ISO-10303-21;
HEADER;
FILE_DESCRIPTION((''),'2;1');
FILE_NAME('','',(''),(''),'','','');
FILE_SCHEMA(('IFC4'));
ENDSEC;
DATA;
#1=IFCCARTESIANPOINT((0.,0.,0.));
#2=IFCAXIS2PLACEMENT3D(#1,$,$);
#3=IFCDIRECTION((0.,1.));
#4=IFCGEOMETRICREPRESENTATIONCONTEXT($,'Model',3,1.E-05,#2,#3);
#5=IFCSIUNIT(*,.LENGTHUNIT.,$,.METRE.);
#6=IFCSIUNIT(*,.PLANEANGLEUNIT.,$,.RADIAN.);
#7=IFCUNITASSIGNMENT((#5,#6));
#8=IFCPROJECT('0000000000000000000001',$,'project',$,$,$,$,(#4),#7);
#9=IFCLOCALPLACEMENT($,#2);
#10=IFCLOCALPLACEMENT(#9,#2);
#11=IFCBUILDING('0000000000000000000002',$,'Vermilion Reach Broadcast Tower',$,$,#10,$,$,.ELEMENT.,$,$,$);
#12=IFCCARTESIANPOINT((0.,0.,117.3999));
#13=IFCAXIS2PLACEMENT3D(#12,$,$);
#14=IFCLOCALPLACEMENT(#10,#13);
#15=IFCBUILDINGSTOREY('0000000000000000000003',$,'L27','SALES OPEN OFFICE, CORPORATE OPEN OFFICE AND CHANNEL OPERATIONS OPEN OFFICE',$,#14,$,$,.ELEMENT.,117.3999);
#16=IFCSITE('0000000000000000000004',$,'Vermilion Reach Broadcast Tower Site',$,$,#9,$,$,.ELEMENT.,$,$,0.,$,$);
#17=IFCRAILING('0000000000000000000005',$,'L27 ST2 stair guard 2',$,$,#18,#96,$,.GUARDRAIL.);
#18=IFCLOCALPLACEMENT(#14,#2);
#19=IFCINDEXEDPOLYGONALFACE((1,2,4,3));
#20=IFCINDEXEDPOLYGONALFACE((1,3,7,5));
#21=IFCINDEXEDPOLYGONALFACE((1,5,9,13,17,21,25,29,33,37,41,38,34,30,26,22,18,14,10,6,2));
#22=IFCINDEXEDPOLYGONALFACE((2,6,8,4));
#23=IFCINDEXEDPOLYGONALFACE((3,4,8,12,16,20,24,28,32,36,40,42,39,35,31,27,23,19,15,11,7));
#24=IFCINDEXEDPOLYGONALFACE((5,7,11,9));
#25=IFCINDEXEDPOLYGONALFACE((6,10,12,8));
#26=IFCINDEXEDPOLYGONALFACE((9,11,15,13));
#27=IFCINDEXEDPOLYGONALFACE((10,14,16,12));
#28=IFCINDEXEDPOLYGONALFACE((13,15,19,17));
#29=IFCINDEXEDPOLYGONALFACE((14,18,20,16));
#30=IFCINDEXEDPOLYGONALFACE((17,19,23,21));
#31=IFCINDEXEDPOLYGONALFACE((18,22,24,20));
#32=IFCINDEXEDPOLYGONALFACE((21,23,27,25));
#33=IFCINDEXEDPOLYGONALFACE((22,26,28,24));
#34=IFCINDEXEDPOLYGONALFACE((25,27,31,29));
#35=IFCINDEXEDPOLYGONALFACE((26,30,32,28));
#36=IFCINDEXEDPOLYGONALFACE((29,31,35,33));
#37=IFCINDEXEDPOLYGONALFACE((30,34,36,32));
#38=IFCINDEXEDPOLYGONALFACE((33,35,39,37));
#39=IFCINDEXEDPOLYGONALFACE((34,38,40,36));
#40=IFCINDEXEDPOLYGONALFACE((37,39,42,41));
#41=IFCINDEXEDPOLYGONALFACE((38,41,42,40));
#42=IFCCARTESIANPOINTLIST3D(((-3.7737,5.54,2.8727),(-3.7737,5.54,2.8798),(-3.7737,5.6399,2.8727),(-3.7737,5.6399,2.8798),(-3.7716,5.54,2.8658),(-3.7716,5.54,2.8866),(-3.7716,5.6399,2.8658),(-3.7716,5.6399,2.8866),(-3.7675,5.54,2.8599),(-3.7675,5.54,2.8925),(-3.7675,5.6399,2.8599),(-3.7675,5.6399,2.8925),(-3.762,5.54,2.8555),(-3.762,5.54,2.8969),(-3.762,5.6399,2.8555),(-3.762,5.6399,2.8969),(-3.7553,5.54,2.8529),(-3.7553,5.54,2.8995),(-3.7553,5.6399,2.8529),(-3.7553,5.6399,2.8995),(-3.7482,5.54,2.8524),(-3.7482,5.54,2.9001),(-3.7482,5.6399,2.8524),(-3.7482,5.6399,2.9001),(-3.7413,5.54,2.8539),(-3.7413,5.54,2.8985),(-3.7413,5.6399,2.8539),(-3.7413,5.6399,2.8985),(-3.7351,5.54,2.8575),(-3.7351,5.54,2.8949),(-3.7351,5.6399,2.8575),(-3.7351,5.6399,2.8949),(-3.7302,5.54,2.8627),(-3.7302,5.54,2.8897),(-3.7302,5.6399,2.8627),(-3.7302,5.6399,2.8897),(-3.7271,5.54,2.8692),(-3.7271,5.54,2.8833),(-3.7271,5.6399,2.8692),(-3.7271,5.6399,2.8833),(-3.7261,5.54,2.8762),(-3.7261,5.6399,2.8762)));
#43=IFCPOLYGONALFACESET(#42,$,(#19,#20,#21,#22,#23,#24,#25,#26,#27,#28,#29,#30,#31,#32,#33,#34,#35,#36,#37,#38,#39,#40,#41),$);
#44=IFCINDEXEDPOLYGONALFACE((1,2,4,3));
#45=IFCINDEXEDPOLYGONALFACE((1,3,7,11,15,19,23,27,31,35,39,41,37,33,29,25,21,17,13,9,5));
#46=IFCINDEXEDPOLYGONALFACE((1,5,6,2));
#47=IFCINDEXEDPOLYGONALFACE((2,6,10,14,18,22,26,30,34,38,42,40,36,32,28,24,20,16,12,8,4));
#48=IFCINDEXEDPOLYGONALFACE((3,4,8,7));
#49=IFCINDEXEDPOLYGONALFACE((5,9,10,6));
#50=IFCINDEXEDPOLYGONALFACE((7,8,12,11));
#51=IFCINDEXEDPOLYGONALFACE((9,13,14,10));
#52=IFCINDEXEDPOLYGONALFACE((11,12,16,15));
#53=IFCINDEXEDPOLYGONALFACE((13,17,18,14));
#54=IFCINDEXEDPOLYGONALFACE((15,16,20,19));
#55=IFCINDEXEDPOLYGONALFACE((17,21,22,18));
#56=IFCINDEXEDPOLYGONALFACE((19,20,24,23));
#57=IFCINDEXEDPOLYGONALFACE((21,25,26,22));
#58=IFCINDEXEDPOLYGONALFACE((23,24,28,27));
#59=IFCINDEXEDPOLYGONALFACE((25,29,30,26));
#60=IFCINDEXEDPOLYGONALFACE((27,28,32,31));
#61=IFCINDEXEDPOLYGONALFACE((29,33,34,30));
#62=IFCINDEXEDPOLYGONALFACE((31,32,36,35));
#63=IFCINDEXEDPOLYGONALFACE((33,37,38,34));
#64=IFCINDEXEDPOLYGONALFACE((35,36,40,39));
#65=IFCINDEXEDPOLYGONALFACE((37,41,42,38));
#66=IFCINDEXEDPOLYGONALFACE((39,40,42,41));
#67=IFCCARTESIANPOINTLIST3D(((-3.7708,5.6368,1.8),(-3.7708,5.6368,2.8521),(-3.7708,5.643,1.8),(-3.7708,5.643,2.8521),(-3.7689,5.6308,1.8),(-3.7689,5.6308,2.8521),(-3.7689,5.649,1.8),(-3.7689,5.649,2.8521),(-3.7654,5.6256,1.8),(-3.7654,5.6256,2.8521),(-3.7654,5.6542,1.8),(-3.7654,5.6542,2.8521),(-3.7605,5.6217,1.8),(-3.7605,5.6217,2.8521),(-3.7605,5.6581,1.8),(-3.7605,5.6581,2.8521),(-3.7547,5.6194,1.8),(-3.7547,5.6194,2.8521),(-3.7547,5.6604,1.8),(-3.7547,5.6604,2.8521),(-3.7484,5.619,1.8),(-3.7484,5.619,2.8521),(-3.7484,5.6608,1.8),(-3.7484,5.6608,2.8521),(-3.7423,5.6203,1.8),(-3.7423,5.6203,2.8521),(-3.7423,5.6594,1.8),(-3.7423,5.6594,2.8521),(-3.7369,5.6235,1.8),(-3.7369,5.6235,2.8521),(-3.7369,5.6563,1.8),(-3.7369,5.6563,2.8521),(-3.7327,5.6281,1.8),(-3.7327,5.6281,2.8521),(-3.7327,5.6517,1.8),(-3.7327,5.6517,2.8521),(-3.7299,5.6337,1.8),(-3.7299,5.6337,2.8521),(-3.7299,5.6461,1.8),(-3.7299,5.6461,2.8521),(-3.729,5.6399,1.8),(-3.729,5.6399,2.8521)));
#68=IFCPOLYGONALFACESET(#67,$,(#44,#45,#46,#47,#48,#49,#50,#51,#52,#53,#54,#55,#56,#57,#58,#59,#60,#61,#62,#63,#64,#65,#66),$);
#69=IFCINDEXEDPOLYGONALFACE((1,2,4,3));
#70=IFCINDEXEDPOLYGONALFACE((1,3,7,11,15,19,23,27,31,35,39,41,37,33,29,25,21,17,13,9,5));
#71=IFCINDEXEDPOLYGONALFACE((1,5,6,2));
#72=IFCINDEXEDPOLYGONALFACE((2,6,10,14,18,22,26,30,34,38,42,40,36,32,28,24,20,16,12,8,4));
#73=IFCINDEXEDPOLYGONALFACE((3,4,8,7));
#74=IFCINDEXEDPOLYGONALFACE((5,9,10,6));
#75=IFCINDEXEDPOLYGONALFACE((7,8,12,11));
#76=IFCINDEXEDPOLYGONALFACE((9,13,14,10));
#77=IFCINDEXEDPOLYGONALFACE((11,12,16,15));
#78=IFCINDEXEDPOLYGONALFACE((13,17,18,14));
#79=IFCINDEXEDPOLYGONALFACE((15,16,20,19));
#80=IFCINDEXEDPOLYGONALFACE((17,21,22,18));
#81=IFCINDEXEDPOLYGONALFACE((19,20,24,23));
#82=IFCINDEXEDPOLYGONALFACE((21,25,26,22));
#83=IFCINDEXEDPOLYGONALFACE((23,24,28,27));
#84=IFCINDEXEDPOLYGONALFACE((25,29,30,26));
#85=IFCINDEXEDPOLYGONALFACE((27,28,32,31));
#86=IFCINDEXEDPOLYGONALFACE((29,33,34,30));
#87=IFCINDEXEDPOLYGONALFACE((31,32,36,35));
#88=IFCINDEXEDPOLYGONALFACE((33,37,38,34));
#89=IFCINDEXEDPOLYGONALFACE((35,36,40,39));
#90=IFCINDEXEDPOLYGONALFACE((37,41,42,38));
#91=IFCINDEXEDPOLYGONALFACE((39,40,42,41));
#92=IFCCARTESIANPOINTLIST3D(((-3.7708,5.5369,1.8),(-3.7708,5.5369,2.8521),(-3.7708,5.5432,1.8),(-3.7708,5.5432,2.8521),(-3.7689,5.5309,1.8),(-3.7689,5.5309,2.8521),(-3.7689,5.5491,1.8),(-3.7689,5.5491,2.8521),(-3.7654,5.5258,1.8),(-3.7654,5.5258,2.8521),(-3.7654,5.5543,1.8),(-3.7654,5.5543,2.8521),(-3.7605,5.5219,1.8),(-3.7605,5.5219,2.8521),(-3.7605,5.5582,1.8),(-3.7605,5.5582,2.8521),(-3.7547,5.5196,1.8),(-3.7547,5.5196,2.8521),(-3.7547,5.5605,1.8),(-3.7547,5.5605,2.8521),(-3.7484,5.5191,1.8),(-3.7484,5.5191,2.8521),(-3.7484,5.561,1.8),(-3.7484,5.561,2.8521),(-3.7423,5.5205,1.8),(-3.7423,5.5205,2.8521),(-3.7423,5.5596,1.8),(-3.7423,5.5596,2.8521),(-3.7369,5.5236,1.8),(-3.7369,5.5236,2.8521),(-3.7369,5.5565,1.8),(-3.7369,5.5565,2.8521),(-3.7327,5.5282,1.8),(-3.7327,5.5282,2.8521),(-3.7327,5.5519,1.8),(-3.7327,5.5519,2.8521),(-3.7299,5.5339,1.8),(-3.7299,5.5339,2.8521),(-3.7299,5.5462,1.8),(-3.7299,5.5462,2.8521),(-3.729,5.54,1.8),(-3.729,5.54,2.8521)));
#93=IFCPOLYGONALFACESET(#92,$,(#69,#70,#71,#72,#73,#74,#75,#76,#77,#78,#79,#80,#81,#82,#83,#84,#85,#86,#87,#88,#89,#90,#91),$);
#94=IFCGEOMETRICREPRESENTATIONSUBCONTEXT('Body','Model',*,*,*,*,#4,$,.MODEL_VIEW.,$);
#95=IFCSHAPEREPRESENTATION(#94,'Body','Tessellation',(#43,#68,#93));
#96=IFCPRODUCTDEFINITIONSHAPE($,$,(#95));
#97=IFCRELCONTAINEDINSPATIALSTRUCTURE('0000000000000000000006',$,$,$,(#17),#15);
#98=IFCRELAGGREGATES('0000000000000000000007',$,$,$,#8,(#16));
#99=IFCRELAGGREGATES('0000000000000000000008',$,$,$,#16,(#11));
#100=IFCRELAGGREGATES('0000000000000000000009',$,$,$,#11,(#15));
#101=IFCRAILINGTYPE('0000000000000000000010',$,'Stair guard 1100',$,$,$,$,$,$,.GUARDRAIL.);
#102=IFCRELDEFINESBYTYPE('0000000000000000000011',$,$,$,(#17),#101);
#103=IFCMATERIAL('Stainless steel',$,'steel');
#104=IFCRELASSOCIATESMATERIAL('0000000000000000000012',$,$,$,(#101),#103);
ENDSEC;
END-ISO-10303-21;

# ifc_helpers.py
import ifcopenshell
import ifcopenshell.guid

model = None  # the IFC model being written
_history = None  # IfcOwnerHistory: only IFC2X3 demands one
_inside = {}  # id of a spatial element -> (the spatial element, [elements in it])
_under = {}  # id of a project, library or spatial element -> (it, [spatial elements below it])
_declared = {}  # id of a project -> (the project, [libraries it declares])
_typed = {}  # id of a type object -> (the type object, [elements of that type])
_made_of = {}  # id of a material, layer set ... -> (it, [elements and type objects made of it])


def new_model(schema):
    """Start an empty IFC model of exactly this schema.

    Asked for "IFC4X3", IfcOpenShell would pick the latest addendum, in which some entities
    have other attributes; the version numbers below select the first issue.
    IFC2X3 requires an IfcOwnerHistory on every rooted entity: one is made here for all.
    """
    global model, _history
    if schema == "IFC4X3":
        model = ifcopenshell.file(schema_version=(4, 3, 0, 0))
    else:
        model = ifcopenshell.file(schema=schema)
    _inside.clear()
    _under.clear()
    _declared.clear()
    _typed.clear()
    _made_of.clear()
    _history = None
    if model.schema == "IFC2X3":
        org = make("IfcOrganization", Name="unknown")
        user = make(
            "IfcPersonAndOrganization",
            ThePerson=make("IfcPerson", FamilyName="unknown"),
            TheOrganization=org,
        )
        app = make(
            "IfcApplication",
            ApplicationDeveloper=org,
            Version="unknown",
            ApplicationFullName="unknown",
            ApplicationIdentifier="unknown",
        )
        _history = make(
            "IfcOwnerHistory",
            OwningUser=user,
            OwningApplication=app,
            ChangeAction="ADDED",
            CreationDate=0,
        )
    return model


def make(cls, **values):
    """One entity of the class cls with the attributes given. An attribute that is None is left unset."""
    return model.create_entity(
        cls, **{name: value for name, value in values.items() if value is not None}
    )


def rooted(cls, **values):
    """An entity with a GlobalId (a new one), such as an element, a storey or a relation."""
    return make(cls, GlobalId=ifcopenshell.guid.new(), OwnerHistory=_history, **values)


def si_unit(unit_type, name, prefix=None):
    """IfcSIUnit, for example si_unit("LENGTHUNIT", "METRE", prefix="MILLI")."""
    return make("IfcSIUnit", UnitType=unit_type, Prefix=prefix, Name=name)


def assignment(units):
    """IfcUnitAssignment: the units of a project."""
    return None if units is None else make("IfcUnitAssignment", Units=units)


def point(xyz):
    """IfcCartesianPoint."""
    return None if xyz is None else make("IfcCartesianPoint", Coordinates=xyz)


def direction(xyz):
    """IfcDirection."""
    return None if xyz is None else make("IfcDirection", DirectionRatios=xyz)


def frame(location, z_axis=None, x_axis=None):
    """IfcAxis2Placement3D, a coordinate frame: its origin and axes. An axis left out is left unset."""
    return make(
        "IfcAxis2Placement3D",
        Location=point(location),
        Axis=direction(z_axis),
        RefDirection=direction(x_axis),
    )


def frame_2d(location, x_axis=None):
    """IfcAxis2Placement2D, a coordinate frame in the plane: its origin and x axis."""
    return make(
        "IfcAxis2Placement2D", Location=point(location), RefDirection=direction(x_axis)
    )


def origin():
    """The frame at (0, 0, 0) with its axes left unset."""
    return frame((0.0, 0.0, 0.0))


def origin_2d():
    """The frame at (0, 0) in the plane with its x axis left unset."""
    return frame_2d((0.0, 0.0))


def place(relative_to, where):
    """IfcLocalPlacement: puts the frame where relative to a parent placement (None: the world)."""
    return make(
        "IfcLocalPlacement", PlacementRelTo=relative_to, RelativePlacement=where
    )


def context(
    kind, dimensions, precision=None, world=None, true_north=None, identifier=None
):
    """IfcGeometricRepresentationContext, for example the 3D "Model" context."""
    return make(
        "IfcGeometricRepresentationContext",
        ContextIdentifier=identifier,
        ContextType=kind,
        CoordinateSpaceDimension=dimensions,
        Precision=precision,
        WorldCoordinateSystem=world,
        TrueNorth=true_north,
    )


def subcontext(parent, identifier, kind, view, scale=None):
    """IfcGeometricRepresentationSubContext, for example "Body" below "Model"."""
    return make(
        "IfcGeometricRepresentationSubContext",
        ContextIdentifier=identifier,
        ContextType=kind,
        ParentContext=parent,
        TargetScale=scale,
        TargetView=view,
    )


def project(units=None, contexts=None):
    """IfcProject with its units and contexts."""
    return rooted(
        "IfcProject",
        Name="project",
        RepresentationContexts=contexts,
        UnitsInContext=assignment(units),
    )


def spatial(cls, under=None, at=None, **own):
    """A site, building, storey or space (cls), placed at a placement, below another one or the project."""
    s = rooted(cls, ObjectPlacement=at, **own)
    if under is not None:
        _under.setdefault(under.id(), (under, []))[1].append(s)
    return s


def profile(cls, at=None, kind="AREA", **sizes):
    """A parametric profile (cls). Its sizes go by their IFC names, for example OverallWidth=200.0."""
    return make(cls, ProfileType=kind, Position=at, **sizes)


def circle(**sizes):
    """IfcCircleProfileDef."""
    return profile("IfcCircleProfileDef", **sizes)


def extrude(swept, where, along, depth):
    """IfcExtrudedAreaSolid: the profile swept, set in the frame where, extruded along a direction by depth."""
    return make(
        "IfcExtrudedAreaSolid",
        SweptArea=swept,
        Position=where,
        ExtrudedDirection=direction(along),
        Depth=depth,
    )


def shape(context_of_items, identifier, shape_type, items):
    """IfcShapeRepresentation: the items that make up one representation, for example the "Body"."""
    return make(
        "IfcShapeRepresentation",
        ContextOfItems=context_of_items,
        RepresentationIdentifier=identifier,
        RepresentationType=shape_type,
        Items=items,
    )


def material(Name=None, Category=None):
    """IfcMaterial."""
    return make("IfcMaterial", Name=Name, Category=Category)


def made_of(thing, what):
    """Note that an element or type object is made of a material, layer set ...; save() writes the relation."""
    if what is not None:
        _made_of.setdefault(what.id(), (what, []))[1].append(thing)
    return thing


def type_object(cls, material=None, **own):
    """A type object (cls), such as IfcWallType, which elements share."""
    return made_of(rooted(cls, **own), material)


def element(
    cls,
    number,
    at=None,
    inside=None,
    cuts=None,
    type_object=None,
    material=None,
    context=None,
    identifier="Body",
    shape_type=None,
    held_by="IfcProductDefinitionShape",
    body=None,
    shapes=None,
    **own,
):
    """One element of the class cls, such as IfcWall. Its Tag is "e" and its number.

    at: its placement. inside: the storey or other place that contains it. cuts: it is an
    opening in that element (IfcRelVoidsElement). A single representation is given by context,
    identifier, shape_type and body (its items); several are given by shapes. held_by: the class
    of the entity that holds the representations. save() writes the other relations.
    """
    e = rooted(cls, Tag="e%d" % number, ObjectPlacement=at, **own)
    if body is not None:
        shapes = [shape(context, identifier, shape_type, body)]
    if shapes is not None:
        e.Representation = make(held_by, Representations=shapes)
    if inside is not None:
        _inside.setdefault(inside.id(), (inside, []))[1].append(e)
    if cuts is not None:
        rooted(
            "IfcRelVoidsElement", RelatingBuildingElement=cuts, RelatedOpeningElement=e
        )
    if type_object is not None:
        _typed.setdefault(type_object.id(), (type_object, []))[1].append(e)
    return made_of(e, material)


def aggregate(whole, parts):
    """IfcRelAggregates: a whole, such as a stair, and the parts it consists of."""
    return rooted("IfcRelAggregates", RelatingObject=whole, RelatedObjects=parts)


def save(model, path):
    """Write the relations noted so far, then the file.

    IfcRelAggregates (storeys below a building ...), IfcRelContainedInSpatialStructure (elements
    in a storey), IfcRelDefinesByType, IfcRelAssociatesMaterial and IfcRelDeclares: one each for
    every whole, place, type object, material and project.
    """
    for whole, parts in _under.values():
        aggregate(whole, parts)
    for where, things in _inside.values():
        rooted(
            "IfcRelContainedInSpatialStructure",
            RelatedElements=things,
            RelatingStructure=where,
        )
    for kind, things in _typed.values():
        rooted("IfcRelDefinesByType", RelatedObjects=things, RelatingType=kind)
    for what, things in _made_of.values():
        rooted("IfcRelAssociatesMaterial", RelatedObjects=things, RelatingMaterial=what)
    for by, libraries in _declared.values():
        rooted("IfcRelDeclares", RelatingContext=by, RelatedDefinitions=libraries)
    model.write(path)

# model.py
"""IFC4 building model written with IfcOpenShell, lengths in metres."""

from ifc_helpers import new_model, si_unit, direction, frame, origin, origin_2d, place, context, subcontext, project, spatial, circle, extrude, material, type_object, element, save


model = new_model("IFC4")

# Units and contexts
model_context = context("Model", 3, precision=1e-05, world=origin(), true_north=direction((0.0, 1.0)))
body_context = subcontext(model_context, "Body", "Model", "MODEL_VIEW")
ifc_project = project(units=[si_unit("LENGTHUNIT", "METRE"), si_unit("PLANEANGLEUNIT", "RADIAN")], contexts=[model_context])

# Site, building, storey
site_placement = place(None, origin())
site = spatial("IfcSite", under=ifc_project, at=site_placement, Name="Vermilion Reach Broadcast Tower Site", CompositionType="ELEMENT", RefElevation=0.0)
building_placement = place(site_placement, origin())
building = spatial("IfcBuilding", under=site, at=building_placement, Name="Vermilion Reach Broadcast Tower", CompositionType="ELEMENT")
storey_placement = place(building_placement, frame((0.0, 0.0, 117.3999)))
storey = spatial("IfcBuildingStorey", under=building, at=storey_placement, Name="L27", Description="SALES OPEN OFFICE, CORPORATE OPEN OFFICE AND CHANNEL OPERATIONS OPEN OFFICE", CompositionType="ELEMENT", Elevation=117.3999)

# Railing
ifc_material_1 = material(Name="Stainless steel", Category="steel")
railing_type_1 = type_object("IfcRailingType", Name="Stair guard 1100", PredefinedType="GUARDRAIL", material=ifc_material_1)
railing_1_placement = place(storey_placement, frame((-3.75, 5.6399, 1.8)))
element("IfcRailing", 1, at=railing_1_placement, inside=storey, type_object=railing_type_1, Name="L27 ST2 stair guard 2", PredefinedType="GUARDRAIL", context=body_context, shape_type="SweptSolid", body=[
    extrude(circle(Radius=0.0239, at=origin_2d()), frame((0.0, 0.0, 1.0762), z_axis=(0.0, -1.0, 0.0), x_axis=(1.0, 0.0, 0.0)), (0.0, 0.0, 1.0), 0.0999),
    extrude(circle(Radius=0.021, at=origin_2d()), origin(), (0.0, 0.0, 1.0), 1.052),
    extrude(circle(Radius=0.021, at=origin_2d()), frame((0.0, -0.0999, 0.0)), (0.0, 0.0, 1.0), 1.052),
])

save(model, "model.ifc")
